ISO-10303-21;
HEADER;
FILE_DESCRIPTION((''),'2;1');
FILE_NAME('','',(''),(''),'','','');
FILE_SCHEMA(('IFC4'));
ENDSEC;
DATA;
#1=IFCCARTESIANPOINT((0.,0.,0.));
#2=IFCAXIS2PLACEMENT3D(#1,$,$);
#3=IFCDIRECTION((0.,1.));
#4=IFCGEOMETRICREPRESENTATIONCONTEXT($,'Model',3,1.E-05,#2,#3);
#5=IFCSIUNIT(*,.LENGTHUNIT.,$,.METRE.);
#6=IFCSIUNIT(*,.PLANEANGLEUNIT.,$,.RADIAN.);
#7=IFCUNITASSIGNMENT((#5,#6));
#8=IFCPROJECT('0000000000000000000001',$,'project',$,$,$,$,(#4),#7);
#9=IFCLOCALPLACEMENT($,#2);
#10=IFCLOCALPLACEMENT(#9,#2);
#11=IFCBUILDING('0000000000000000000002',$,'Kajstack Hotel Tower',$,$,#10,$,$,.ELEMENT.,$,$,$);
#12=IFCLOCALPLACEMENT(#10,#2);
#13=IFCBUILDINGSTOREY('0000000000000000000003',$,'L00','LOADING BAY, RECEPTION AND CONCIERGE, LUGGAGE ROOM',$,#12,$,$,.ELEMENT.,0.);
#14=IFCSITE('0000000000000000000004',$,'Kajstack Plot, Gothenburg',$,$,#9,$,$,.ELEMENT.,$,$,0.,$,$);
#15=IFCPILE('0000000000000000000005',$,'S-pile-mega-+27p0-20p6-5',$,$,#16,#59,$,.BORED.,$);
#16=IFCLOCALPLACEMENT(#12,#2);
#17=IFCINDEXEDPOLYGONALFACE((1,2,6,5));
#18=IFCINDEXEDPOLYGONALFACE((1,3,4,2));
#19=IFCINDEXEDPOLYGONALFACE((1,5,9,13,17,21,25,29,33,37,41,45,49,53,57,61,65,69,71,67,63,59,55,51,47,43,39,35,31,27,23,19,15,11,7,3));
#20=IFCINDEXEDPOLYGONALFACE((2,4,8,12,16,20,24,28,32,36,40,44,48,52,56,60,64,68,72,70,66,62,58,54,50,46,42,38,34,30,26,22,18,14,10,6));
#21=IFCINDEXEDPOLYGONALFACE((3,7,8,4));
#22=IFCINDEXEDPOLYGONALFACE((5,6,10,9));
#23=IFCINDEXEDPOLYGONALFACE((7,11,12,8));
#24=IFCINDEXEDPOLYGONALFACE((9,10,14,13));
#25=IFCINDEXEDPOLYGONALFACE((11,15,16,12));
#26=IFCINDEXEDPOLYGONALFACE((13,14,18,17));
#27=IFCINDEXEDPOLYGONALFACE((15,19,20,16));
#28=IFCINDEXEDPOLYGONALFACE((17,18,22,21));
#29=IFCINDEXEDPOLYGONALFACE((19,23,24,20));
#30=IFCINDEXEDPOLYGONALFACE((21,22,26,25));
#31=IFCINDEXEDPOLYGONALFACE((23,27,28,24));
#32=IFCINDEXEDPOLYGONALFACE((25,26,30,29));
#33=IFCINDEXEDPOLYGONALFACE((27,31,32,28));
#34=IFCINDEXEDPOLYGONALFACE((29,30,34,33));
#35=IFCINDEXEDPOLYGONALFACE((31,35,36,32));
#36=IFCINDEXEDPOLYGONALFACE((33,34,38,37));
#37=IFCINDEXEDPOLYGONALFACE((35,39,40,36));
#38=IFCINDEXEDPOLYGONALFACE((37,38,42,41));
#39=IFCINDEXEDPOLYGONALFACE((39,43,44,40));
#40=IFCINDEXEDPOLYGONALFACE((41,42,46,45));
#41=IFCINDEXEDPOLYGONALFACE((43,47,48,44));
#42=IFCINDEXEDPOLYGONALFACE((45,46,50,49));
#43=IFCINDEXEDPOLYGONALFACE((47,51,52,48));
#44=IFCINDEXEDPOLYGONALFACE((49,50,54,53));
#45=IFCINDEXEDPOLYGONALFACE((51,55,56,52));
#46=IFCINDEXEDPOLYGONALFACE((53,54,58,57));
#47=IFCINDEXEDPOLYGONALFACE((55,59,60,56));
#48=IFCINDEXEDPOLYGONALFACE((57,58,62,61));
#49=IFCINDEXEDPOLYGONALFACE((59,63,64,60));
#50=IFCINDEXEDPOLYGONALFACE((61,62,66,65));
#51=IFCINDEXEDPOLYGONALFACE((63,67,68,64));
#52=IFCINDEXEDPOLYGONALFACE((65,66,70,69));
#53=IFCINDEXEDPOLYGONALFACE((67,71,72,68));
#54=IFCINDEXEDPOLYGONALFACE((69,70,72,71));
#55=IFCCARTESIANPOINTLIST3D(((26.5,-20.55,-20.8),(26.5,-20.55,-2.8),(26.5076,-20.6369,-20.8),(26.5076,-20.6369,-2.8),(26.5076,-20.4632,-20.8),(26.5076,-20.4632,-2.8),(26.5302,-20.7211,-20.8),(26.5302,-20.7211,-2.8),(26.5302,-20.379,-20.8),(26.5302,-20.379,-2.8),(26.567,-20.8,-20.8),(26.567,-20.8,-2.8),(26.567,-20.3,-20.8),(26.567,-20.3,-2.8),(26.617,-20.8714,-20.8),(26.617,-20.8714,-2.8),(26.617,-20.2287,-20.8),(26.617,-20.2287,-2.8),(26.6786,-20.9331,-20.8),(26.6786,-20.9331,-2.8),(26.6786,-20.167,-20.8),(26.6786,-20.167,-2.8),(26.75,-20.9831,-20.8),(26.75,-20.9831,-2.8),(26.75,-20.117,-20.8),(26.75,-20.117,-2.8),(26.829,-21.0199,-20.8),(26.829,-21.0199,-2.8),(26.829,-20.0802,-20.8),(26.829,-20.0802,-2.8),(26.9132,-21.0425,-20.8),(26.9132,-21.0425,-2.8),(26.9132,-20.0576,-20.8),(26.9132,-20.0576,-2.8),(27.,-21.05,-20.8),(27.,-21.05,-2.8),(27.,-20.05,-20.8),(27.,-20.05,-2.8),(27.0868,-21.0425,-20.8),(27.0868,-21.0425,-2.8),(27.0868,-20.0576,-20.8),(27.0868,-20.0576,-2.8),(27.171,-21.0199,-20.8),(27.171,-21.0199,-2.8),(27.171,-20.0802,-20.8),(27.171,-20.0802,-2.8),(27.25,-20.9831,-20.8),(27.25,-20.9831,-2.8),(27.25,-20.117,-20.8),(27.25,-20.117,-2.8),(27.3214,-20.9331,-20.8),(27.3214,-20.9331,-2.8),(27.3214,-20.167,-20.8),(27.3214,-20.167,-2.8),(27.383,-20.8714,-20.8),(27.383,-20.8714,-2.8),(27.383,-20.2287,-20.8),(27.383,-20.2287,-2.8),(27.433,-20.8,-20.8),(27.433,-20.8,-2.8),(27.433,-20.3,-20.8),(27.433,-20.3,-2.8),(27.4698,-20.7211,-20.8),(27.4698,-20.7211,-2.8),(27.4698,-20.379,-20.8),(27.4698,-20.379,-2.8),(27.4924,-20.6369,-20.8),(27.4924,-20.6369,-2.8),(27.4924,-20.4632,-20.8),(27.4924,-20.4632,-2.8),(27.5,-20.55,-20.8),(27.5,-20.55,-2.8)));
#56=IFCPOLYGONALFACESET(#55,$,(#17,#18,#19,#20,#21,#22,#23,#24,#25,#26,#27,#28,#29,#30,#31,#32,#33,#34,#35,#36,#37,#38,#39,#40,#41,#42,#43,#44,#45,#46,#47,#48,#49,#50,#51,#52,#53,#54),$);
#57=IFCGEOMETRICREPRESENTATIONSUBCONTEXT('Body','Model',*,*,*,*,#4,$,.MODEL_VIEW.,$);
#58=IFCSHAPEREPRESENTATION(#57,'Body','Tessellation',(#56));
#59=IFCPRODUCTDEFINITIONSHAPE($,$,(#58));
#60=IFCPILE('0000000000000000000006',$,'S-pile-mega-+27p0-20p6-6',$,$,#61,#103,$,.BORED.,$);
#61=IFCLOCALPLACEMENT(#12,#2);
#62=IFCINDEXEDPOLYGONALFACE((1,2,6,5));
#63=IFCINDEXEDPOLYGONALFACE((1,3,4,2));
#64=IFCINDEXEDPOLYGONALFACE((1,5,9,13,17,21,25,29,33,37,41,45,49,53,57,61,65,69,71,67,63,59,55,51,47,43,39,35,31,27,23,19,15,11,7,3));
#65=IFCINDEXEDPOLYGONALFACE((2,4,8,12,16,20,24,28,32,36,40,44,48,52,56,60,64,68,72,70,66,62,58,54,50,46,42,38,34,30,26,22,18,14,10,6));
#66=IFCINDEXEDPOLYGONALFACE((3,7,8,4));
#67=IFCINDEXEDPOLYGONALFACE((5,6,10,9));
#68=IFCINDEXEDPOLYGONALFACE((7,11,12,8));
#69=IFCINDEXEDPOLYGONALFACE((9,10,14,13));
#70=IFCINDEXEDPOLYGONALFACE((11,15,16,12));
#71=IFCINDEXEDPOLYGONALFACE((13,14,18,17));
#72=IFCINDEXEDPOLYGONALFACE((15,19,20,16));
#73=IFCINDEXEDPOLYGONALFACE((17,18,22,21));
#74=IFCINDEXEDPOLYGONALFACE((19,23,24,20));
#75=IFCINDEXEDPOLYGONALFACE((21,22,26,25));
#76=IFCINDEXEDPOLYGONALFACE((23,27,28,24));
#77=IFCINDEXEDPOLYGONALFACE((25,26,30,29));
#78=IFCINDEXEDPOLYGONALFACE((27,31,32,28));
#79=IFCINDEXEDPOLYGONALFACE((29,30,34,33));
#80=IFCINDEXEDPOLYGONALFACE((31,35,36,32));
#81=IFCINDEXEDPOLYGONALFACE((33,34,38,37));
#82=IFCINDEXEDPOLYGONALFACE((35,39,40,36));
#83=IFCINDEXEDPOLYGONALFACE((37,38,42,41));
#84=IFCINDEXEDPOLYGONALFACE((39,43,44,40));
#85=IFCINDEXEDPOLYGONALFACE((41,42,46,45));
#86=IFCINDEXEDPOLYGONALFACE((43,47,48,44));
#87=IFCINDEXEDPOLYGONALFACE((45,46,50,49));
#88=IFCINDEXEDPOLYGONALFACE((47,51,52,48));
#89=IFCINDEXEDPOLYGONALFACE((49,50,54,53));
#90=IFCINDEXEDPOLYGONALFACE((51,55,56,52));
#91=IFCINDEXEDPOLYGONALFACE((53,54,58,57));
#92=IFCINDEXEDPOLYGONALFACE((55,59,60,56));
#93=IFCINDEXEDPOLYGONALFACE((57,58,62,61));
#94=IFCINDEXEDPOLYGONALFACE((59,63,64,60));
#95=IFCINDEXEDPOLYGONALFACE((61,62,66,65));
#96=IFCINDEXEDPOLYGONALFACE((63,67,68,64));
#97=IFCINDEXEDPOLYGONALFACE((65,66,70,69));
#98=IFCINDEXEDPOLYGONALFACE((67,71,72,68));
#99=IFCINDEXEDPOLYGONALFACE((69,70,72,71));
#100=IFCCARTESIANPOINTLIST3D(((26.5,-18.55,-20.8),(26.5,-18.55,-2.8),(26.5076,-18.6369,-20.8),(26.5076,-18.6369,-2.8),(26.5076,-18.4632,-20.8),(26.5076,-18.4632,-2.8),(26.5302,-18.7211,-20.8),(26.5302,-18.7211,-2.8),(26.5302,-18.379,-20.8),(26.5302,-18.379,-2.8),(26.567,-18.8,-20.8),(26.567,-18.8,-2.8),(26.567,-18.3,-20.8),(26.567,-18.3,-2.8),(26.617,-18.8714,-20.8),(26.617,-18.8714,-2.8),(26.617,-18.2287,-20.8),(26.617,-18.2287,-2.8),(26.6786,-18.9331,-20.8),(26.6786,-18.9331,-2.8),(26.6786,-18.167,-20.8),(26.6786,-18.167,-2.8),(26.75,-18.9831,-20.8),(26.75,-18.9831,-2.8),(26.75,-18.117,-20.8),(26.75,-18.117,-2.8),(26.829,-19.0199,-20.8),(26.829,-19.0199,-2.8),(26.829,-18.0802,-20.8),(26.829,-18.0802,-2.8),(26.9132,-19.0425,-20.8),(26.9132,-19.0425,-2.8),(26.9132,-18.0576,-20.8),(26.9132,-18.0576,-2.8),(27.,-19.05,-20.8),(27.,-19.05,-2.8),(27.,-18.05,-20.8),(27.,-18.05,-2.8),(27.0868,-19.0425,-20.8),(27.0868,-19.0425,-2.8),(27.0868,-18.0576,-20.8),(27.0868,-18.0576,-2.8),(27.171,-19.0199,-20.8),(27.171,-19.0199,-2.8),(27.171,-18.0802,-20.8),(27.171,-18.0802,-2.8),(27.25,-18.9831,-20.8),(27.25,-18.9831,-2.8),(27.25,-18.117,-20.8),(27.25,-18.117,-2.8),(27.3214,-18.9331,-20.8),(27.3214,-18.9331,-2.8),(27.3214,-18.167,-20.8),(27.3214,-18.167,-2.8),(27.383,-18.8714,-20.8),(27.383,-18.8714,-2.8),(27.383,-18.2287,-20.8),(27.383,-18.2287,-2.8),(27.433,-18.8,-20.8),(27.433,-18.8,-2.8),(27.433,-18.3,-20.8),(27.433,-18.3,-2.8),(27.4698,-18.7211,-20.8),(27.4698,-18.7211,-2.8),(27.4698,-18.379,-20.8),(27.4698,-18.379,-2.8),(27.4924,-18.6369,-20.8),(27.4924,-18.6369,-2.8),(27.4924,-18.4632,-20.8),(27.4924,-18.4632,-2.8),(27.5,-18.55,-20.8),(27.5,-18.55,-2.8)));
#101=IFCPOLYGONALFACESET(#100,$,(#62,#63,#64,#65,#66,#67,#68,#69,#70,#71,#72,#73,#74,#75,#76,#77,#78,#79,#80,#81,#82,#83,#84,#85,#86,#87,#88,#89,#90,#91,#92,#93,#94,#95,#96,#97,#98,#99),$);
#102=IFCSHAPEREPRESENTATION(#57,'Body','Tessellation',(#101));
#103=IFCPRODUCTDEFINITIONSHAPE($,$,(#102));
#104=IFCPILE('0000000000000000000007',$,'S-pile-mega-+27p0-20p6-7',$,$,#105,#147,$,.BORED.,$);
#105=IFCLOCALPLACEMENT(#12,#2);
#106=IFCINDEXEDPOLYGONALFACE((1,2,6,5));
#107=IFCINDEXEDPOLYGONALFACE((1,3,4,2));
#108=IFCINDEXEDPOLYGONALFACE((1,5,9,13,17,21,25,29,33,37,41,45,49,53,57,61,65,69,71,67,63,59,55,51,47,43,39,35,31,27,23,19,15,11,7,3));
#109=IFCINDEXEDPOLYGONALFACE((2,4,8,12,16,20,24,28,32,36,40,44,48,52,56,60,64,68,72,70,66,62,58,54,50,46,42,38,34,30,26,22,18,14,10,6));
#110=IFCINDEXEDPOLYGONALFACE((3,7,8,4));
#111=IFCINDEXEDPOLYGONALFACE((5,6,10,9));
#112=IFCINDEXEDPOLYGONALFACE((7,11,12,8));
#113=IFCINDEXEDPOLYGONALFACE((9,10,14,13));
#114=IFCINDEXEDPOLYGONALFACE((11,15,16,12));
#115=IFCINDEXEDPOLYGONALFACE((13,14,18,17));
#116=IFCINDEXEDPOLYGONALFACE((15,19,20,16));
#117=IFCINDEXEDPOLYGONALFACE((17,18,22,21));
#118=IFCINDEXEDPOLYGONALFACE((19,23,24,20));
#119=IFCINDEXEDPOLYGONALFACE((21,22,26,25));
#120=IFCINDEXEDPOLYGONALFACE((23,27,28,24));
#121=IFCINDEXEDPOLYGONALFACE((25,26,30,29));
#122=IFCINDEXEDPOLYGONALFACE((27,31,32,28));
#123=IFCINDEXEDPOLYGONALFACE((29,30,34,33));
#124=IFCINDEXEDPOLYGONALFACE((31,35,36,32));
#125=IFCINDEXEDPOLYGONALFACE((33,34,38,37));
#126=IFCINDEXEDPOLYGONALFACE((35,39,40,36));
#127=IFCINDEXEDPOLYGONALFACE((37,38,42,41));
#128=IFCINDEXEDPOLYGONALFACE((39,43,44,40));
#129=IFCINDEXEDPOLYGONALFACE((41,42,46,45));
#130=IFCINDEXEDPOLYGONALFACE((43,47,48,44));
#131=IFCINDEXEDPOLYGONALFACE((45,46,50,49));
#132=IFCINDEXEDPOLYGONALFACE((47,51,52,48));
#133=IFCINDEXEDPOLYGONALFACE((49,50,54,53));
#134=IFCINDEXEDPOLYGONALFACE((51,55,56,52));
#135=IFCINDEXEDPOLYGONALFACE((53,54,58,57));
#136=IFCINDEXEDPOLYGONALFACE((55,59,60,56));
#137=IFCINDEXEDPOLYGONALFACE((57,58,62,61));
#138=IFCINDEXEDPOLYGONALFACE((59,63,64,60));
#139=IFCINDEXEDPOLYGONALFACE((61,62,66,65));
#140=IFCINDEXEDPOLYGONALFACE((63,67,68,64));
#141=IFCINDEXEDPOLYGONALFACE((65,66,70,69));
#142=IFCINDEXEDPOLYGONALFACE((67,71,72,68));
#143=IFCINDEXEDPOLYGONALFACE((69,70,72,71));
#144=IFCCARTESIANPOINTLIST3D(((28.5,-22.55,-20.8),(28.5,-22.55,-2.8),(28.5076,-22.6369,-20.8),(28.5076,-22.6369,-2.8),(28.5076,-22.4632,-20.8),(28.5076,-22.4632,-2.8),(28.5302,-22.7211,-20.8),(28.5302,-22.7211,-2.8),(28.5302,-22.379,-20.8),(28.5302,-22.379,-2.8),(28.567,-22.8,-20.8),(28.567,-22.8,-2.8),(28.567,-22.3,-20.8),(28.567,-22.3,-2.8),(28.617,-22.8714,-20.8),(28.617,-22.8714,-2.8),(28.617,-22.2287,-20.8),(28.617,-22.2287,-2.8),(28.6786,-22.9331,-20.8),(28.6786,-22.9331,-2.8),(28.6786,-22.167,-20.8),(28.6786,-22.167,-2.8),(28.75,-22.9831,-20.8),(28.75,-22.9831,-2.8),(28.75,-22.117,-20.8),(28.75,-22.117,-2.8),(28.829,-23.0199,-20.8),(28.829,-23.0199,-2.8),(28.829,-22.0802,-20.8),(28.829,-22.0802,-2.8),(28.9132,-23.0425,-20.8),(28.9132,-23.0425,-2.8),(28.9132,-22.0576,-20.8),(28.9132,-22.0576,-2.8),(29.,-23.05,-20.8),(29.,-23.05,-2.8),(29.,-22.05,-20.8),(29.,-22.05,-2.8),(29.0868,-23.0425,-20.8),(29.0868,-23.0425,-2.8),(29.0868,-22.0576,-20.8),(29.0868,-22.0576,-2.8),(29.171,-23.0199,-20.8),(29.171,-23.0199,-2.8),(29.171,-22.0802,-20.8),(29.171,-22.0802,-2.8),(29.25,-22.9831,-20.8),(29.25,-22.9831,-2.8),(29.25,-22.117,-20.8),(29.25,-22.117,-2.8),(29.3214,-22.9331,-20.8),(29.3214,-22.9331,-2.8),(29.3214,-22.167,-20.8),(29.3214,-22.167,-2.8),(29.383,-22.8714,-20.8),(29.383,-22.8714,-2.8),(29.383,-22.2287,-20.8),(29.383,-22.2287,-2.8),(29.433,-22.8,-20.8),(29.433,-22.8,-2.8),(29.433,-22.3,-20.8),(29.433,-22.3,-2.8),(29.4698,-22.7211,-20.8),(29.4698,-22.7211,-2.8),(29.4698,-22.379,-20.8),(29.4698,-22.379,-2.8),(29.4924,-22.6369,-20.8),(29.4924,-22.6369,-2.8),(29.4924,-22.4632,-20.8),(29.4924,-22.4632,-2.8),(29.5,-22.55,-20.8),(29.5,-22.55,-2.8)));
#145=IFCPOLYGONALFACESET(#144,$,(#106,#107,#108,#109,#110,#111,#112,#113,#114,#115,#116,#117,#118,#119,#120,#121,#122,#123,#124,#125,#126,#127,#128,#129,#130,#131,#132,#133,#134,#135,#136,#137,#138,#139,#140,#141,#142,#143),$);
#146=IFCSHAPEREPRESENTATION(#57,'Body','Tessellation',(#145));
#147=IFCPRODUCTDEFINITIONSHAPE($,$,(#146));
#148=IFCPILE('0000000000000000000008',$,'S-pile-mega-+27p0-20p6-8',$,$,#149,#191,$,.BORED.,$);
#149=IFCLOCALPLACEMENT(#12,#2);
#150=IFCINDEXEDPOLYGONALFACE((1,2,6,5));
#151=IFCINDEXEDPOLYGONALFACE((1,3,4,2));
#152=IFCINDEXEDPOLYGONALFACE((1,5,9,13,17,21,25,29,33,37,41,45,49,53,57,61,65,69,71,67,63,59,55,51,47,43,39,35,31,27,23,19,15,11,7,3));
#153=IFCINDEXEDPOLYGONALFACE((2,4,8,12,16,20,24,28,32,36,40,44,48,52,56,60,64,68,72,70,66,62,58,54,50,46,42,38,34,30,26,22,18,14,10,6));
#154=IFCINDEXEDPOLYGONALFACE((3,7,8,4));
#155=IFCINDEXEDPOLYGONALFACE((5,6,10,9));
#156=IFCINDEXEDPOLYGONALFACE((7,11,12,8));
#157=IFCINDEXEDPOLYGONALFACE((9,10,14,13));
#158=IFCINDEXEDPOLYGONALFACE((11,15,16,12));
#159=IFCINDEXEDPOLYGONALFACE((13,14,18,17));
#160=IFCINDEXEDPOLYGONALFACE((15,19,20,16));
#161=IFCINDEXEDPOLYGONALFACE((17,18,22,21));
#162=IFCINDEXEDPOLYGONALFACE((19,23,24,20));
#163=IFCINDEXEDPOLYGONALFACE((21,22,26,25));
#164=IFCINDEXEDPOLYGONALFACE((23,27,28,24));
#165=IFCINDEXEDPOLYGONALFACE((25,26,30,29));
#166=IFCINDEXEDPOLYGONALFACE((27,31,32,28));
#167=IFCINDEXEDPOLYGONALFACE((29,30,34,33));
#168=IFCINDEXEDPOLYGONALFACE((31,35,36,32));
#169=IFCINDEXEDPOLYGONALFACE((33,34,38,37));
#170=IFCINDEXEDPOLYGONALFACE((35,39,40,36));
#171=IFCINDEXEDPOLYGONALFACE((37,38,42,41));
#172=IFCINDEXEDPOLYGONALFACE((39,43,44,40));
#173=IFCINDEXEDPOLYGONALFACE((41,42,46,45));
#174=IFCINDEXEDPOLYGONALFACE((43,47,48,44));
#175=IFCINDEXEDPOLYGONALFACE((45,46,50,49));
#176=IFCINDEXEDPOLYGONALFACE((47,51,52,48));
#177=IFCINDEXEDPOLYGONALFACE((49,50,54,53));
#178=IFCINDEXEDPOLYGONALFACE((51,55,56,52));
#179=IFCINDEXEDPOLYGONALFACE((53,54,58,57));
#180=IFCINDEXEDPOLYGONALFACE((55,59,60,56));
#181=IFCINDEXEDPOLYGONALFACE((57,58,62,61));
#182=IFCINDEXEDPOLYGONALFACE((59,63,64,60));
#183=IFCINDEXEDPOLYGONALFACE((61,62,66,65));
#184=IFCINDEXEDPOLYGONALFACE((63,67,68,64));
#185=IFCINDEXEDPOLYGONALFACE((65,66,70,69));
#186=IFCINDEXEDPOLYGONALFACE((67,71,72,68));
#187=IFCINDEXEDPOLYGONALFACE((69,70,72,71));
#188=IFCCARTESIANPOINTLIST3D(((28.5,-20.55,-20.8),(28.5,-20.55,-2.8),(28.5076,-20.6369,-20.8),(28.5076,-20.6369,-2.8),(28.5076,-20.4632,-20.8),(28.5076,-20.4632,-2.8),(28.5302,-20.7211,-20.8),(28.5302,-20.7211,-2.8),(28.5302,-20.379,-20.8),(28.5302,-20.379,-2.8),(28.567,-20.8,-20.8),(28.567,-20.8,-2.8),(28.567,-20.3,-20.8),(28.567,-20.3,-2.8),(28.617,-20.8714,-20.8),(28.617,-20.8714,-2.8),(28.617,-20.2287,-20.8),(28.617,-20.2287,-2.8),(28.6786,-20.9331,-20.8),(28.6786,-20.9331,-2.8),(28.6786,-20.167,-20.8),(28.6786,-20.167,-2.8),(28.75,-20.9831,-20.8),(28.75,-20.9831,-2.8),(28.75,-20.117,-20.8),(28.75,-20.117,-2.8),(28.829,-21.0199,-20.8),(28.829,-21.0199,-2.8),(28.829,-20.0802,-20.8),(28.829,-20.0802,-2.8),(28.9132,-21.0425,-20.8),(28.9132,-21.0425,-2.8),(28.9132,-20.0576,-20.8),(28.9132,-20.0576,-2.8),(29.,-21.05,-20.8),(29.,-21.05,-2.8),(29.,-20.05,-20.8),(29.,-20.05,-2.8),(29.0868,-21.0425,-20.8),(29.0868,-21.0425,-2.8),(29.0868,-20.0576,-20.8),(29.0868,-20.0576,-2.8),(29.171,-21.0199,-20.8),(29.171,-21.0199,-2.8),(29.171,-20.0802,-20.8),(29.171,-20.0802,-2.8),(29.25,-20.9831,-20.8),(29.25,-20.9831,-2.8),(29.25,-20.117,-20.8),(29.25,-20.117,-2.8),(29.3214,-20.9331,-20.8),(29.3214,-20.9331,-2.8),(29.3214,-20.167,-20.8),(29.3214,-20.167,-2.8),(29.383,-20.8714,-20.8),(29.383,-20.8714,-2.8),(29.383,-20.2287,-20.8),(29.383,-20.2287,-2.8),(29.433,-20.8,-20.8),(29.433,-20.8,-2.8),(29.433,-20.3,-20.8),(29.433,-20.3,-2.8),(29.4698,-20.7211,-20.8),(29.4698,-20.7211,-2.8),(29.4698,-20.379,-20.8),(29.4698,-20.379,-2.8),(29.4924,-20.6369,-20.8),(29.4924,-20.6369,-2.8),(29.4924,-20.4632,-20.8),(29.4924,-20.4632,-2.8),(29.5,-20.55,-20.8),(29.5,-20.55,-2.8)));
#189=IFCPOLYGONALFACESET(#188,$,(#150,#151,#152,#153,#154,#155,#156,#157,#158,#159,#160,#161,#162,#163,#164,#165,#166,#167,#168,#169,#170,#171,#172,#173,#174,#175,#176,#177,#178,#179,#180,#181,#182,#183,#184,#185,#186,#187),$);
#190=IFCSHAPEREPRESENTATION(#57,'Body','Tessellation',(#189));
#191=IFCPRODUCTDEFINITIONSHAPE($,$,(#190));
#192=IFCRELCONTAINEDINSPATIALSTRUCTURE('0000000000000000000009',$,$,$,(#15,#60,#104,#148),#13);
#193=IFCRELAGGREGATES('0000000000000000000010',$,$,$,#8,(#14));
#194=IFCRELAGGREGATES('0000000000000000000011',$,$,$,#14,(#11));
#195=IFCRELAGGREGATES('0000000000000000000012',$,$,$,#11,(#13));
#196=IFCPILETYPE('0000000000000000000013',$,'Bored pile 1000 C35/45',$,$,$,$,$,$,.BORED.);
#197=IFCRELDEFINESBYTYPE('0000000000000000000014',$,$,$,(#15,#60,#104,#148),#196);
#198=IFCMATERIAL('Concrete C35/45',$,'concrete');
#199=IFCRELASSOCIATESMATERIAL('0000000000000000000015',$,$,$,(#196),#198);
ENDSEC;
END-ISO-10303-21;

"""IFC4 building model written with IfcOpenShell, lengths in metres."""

from ifc_helpers import new_model, si_unit, direction, frame, origin, origin_2d, place, context, subcontext, project, spatial, circle, extrude, material, material_profile, profile_set, type_object, element, save


model = new_model("IFC4")

# Units and contexts
model_context = context("Model", 3, precision=1e-05, world=origin(), true_north=direction((0.0, 1.0)))
body_context = subcontext(model_context, "Body", "Model", "MODEL_VIEW")
ifc_project = project(units=[si_unit("LENGTHUNIT", "METRE"), si_unit("PLANEANGLEUNIT", "RADIAN")], contexts=[model_context])

# Site, building, storey
site_placement = place(None, origin())
site = spatial("IfcSite", under=ifc_project, at=site_placement, Name="Kajstack Plot, Gothenburg", CompositionType="ELEMENT", RefElevation=0.0)
building_placement = place(site_placement, origin())
building = spatial("IfcBuilding", under=site, at=building_placement, Name="Kajstack Hotel Tower", CompositionType="ELEMENT")
storey_placement = place(building_placement, origin())
storey = spatial("IfcBuildingStorey", under=building, at=storey_placement, Name="L00", Description="LOADING BAY, RECEPTION AND CONCIERGE, LUGGAGE ROOM", CompositionType="ELEMENT", Elevation=0.0)

# Piles
ifc_material_1 = material(Name="Concrete C35/45", Category="concrete")
ifc_material_profile_1 = material_profile(ifc_material_1, circle(Radius=0.5, at=origin_2d()), Name="RC round 1000")
ifc_profile_set_1 = profile_set([ifc_material_profile_1], Name="Concrete C35/45")
pile_type_1 = type_object("IfcPileType", Name="Bored pile 1000 C35/45", PredefinedType="BORED", material=ifc_profile_set_1)
for number, where, z_axis, x_axis, name in (
    (1, (27.0, -20.55, -2.8), (0.0, 0.0, -1.0), (1.0, 0.0, 0.0), "S-pile-mega-+27p0-20p6-5"),
    (2, (27.0, -18.55, -2.8), (0.0, 0.0, -1.0), (1.0, 0.0, 0.0), "S-pile-mega-+27p0-20p6-6"),
    (3, (29.0, -22.55, -2.8), (0.0, 0.0, -1.0), (1.0, 0.0, 0.0), "S-pile-mega-+27p0-20p6-7"),
    (4, (29.0, -20.55, -2.8), (0.0, 0.0, -1.0), (1.0, 0.0, 0.0), "S-pile-mega-+27p0-20p6-8"),
):
    element("IfcPile", number, at=place(storey_placement, frame(where, z_axis=z_axis, x_axis=x_axis)), inside=storey, type_object=pile_type_1, Name=name, PredefinedType="BORED", context=body_context, shape_type="SweptSolid", body=[
        extrude(circle(Radius=0.5, at=origin_2d()), origin(), (0.0, 0.0, 1.0), 18.0),
    ])

save(model, "model.ifc")
